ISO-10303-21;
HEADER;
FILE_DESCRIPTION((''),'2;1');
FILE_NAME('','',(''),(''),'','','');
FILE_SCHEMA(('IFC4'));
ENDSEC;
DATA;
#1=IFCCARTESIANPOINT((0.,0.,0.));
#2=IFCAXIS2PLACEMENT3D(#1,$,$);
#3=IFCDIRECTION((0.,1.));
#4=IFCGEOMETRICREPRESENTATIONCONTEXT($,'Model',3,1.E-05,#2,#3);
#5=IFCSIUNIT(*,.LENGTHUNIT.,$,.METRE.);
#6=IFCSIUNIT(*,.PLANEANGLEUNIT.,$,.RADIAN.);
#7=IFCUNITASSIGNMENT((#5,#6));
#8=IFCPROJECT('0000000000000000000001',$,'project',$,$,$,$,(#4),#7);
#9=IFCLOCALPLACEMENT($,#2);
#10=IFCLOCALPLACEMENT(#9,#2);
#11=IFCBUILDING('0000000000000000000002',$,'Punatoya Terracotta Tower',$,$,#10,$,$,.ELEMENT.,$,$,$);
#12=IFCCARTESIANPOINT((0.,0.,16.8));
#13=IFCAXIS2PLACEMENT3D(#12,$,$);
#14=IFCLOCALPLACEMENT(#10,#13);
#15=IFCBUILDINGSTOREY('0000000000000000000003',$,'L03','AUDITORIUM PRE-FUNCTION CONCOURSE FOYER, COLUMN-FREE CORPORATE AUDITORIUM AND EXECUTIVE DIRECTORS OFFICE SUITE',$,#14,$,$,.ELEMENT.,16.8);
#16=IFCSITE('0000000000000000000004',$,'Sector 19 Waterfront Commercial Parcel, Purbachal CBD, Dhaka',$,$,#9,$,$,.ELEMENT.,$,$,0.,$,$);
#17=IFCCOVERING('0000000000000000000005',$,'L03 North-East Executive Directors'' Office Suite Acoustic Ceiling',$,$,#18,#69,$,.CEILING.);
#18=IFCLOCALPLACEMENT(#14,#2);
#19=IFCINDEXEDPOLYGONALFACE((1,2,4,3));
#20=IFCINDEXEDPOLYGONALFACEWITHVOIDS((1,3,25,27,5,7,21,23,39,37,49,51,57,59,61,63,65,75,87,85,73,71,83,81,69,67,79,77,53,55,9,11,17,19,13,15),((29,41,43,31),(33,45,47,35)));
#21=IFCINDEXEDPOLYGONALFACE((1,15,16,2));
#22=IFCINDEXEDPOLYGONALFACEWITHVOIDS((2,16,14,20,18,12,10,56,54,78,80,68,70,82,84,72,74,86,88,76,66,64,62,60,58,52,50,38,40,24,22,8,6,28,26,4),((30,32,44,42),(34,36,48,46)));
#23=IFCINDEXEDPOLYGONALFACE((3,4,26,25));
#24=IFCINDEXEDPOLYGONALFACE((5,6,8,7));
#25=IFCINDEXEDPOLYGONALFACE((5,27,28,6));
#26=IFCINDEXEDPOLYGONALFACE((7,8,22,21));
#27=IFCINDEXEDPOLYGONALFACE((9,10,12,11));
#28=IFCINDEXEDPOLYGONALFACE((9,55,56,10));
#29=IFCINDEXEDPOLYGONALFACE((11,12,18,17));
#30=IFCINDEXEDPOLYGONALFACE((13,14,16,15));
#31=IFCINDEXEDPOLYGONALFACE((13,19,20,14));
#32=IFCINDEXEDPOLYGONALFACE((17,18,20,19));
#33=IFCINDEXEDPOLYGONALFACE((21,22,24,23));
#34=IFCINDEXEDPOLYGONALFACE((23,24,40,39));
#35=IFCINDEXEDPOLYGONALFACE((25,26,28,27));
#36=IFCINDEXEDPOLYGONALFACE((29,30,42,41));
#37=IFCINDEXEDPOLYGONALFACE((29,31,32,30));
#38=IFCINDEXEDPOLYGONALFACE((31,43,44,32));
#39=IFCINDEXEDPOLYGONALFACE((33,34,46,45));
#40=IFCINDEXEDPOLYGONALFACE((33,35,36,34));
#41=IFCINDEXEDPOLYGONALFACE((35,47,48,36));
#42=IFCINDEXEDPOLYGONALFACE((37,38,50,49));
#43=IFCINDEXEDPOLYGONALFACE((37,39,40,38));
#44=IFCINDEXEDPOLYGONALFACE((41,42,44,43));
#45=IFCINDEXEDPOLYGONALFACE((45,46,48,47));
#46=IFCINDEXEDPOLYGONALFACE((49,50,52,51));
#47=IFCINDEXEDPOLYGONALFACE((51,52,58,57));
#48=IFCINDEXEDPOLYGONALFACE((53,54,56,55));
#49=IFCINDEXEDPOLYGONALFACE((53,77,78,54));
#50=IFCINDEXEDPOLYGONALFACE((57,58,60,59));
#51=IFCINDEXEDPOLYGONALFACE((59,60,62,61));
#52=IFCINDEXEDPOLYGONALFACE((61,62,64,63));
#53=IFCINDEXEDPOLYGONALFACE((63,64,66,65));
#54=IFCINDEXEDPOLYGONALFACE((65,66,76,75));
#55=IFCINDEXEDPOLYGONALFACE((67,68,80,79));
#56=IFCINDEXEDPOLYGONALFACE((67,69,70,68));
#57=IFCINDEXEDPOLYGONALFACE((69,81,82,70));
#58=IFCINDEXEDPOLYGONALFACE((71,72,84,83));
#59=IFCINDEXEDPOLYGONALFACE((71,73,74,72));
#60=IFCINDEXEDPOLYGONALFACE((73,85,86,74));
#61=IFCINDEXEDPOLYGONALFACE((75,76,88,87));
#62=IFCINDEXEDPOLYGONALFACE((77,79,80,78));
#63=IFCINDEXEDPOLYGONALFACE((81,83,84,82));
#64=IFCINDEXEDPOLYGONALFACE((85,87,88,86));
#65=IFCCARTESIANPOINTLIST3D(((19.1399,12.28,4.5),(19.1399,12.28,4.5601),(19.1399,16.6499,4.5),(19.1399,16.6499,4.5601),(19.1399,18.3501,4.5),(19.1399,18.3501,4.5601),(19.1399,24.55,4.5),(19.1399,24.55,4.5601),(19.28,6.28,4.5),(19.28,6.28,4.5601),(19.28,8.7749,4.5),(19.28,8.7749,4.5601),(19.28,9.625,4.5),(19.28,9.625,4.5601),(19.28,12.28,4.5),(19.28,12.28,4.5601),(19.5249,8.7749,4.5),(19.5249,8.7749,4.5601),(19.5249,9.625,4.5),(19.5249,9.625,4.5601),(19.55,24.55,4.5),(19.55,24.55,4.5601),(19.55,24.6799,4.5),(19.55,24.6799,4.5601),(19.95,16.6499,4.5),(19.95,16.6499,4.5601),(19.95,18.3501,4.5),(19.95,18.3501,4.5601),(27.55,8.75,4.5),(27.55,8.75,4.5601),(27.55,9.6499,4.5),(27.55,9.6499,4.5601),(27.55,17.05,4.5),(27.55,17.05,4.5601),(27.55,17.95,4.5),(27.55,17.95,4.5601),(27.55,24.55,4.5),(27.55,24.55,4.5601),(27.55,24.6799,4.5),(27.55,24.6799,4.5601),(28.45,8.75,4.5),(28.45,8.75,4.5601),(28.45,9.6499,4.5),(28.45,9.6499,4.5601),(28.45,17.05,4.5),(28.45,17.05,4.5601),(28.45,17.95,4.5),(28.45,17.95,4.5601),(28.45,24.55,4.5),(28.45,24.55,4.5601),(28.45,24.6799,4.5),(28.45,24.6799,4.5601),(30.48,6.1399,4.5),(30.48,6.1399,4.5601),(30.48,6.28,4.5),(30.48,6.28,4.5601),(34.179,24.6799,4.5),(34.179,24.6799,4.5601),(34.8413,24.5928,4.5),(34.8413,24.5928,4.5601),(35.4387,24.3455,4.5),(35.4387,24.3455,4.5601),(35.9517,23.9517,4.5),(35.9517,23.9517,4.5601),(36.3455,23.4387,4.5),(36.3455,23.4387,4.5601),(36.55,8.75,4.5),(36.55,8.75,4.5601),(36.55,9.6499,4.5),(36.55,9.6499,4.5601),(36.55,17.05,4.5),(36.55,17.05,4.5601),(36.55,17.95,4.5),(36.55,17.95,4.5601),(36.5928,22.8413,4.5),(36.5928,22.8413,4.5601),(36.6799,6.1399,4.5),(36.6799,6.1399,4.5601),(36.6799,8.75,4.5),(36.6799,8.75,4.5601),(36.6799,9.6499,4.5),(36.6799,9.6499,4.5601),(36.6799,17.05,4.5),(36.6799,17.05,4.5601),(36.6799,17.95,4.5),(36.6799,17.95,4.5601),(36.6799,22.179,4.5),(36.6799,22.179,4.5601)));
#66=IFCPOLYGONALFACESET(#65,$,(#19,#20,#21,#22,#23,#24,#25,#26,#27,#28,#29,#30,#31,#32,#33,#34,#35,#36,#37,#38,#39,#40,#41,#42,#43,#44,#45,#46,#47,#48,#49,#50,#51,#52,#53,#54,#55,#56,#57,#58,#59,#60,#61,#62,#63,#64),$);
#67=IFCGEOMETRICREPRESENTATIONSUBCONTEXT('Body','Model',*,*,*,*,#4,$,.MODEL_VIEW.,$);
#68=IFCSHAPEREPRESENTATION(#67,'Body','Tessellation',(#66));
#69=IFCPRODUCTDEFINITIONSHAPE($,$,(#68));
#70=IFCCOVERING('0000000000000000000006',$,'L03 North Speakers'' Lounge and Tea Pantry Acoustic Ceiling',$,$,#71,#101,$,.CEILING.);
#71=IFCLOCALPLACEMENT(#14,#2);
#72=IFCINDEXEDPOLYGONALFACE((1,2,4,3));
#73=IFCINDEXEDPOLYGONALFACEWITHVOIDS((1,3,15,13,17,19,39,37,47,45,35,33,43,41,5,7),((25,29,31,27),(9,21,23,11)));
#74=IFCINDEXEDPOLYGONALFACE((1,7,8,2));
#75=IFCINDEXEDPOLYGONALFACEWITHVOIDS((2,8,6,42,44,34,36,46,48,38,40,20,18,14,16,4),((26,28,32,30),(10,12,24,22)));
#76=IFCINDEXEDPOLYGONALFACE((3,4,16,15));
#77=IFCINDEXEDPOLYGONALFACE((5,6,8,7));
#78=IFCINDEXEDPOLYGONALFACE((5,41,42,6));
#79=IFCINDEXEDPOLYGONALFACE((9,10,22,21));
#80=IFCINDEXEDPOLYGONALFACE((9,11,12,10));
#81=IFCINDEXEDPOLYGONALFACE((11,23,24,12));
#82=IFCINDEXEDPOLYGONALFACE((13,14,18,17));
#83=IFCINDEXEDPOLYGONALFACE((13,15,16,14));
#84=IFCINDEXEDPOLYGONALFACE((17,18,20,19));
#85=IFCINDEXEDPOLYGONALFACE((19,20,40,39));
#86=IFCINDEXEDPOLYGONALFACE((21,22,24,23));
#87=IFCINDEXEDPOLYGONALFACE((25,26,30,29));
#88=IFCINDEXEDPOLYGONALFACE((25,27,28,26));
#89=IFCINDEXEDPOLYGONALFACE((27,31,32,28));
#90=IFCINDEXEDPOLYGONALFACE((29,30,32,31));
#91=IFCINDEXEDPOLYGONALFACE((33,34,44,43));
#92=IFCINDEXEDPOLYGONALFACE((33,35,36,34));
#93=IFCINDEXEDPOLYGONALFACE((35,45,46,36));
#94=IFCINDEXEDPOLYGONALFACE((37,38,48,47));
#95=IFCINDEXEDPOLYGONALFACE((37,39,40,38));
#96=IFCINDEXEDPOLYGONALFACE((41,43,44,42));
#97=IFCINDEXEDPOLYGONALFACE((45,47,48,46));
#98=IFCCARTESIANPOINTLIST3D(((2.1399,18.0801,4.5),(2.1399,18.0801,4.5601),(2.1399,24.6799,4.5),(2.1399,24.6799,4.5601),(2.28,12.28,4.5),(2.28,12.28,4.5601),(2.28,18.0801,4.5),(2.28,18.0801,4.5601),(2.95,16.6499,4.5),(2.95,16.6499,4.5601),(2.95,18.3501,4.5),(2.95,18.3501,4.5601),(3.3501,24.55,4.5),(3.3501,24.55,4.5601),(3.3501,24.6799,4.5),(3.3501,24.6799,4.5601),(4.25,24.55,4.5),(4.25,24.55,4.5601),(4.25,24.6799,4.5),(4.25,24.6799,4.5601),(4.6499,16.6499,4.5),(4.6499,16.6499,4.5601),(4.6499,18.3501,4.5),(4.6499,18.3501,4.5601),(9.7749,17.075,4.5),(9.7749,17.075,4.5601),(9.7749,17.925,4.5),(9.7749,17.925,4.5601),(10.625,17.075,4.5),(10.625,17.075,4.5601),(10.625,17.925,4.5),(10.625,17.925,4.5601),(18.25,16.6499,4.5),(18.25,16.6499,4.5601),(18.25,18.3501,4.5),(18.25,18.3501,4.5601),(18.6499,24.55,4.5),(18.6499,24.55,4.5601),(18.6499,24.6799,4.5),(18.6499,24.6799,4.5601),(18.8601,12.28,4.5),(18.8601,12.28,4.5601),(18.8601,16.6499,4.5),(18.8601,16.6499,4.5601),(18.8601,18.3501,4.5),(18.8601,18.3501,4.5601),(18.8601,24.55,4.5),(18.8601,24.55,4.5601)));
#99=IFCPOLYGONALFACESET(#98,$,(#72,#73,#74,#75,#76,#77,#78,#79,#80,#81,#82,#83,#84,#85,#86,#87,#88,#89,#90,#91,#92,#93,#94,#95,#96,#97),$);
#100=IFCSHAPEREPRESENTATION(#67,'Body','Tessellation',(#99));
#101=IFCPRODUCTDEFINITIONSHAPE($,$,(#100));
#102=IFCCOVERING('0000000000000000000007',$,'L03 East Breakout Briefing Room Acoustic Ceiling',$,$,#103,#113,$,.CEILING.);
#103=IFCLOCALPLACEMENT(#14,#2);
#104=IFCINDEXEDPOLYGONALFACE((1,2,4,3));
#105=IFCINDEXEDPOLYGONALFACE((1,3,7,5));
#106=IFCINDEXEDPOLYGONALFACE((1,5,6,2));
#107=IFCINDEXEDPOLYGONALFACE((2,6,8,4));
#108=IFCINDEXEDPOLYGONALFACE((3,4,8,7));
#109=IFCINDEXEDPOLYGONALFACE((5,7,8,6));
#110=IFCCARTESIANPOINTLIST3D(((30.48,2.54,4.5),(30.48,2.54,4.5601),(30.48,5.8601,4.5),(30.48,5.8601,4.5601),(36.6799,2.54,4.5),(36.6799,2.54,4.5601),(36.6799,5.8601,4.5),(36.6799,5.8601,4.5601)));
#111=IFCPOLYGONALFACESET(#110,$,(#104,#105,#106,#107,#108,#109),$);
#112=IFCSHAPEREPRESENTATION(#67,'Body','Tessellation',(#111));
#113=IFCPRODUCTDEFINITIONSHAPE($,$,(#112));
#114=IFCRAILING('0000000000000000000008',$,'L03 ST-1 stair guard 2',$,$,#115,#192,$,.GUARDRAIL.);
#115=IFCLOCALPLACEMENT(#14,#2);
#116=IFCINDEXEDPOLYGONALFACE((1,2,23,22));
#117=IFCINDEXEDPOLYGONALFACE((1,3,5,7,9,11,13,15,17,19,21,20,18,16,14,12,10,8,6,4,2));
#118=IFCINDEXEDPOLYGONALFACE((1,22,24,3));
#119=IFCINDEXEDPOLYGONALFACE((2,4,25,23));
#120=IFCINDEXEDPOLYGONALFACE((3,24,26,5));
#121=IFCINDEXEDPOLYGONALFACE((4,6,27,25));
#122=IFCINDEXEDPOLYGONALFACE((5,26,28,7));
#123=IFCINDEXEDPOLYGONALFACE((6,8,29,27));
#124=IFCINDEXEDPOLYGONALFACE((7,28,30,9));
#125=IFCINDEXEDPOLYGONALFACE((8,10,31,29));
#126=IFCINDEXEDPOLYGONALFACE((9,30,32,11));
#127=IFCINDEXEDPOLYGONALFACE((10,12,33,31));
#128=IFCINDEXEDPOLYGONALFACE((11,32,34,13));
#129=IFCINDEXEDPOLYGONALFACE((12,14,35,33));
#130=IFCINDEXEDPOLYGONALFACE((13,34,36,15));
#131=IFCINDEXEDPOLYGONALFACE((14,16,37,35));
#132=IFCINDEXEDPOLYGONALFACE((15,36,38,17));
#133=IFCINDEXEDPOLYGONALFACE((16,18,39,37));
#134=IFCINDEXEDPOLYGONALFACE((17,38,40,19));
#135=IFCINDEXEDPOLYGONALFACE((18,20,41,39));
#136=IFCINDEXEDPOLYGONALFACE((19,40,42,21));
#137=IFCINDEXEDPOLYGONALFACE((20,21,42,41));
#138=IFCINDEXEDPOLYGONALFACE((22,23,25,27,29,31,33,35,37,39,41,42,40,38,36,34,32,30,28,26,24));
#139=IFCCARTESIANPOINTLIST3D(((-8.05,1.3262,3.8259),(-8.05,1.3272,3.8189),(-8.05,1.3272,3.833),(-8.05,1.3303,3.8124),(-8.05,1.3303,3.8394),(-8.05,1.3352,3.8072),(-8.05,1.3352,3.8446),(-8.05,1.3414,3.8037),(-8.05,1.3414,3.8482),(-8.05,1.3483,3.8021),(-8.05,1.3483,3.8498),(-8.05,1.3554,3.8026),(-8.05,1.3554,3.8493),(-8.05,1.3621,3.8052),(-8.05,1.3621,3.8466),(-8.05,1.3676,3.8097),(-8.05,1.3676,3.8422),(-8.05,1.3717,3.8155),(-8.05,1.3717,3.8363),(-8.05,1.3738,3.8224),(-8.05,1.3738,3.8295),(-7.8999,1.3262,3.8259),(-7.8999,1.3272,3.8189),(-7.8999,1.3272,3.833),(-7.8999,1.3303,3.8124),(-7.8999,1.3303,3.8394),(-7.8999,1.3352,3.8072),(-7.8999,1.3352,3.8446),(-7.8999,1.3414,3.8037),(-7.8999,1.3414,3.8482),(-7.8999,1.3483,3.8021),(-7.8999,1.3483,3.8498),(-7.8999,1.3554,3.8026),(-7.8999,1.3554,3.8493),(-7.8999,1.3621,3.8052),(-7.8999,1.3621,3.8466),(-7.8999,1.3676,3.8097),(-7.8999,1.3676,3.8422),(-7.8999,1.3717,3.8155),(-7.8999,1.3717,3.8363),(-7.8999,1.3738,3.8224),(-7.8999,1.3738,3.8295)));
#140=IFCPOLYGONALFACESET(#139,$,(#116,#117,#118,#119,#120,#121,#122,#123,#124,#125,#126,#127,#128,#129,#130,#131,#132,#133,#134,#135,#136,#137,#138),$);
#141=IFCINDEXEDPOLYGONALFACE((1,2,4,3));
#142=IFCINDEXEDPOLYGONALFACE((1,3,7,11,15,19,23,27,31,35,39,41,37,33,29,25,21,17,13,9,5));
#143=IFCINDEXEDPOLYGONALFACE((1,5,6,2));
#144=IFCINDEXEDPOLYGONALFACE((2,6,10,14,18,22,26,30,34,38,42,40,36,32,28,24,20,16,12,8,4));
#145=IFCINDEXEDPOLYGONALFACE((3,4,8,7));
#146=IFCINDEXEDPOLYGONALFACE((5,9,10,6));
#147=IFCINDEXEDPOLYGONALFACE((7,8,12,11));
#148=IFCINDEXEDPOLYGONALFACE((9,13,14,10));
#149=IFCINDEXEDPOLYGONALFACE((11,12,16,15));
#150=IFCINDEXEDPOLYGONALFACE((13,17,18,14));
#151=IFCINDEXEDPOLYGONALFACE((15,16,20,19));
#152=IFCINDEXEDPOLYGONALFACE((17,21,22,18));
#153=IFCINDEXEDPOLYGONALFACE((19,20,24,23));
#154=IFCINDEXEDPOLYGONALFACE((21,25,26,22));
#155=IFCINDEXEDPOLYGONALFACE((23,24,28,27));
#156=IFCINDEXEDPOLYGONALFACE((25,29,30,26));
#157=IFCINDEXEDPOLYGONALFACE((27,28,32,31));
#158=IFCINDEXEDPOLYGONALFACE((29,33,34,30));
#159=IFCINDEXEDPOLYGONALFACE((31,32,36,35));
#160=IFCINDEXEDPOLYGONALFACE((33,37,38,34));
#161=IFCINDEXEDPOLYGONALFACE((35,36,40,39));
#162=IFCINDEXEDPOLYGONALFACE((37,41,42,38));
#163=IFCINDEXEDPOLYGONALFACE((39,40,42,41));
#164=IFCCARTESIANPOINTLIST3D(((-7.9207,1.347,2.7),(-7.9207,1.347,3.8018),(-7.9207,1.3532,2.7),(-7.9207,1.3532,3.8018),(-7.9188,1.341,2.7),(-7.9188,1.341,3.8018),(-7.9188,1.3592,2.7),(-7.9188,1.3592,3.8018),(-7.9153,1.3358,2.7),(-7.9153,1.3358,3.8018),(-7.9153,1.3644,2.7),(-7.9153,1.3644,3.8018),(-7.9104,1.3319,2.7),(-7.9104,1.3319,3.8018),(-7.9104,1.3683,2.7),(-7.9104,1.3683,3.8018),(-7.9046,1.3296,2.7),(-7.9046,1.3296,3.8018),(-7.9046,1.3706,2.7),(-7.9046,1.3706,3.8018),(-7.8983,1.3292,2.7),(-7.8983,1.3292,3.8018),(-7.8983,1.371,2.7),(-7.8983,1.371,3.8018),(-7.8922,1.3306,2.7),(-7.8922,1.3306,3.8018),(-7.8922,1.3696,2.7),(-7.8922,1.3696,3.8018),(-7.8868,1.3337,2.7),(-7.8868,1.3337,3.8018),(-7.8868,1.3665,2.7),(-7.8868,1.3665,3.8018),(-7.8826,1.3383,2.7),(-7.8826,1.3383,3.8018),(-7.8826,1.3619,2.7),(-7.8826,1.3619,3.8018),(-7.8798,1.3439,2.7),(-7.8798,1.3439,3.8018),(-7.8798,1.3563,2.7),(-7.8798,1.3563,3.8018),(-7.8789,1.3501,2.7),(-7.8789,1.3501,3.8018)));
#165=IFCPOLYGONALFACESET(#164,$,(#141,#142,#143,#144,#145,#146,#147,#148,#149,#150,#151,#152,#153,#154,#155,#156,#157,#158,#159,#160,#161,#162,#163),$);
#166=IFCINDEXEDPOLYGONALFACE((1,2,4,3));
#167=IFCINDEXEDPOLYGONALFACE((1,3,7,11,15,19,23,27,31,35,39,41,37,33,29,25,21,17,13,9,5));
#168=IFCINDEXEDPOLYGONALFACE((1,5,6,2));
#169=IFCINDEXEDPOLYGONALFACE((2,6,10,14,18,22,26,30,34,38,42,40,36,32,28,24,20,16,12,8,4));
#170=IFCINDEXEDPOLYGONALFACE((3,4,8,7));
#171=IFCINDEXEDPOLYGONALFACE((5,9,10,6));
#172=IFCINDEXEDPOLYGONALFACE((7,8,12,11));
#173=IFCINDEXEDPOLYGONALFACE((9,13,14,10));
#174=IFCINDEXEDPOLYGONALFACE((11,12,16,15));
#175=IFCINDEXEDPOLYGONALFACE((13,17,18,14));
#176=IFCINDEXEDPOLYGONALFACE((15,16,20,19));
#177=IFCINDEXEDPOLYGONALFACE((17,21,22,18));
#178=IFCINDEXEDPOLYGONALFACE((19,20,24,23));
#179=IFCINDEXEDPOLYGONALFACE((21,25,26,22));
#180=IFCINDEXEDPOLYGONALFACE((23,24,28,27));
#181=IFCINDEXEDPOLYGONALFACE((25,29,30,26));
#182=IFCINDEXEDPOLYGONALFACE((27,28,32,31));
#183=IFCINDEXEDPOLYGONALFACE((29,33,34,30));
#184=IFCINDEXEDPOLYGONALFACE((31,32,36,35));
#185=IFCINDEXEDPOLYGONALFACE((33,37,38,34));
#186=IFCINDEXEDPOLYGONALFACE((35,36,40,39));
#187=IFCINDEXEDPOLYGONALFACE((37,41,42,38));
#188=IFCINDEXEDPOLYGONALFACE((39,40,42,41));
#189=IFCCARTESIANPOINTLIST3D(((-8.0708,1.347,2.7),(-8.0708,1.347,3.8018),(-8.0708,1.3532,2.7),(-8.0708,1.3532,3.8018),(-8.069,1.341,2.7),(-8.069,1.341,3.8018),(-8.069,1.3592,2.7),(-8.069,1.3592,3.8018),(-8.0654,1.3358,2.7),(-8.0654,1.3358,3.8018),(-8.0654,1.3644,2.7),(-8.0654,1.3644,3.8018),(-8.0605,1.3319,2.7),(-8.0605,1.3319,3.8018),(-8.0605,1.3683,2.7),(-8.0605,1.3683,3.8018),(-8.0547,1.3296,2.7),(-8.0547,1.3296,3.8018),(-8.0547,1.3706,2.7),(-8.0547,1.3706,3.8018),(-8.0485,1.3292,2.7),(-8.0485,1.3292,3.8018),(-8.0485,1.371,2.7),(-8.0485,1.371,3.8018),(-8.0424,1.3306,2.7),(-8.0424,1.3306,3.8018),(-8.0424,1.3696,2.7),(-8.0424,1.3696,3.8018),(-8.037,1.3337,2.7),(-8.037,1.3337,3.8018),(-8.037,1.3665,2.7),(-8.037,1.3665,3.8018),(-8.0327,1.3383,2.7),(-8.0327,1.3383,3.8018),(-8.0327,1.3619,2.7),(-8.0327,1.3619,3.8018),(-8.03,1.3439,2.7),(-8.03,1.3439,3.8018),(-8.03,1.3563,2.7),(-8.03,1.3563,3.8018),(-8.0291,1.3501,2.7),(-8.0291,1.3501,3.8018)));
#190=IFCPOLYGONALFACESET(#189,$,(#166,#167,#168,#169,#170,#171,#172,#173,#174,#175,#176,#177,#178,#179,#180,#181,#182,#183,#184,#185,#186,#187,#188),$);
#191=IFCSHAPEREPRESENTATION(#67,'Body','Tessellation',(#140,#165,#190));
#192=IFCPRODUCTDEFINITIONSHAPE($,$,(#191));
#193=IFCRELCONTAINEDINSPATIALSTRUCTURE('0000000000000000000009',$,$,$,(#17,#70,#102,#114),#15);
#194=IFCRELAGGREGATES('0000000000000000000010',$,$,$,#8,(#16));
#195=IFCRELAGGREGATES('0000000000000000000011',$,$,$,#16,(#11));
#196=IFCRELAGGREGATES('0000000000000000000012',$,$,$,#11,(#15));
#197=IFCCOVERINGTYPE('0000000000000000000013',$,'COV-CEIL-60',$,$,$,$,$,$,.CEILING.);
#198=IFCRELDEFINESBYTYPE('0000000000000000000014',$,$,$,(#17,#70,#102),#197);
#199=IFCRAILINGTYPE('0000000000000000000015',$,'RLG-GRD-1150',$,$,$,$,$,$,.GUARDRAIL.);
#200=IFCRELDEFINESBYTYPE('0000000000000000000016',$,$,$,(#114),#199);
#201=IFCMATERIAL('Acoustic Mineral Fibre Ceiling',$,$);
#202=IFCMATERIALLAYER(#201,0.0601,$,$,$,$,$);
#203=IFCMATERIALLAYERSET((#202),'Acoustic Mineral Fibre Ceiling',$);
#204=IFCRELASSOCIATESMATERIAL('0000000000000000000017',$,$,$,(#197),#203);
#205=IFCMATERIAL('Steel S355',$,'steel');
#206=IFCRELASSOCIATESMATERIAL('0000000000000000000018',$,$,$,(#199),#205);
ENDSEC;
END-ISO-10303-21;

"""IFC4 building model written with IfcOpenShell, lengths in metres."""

from ifc_helpers import new_model, si_unit, direction, frame, origin, origin_2d, place, context, subcontext, project, spatial, polyline, circle, outline, extrude, material, layer, layer_set, type_object, element, save


model = new_model("IFC4")

# Units and contexts
model_context = context("Model", 3, precision=1e-05, world=origin(), true_north=direction((0.0, 1.0)))
body_context = subcontext(model_context, "Body", "Model", "MODEL_VIEW")
ifc_project = project(units=[si_unit("LENGTHUNIT", "METRE"), si_unit("PLANEANGLEUNIT", "RADIAN")], contexts=[model_context])

# Site, building, storey
site_placement = place(None, origin())
site = spatial("IfcSite", under=ifc_project, at=site_placement, Name="Sector 19 Waterfront Commercial Parcel, Purbachal CBD, Dhaka", CompositionType="ELEMENT", RefElevation=0.0)
building_placement = place(site_placement, origin())
building = spatial("IfcBuilding", under=site, at=building_placement, Name="Punatoya Terracotta Tower", CompositionType="ELEMENT")
storey_placement = place(building_placement, frame((0.0, 0.0, 16.8)))
storey = spatial("IfcBuildingStorey", under=building, at=storey_placement, Name="L03", Description="AUDITORIUM PRE-FUNCTION CONCOURSE FOYER, COLUMN-FREE CORPORATE AUDITORIUM AND EXECUTIVE DIRECTORS OFFICE SUITE", CompositionType="ELEMENT", Elevation=16.8)

# Shared definitions
ifc_material_1 = material(Name="Steel S355", Category="steel")

# Coverings
ifc_material_2 = material(Name="Acoustic Mineral Fibre Ceiling")
ifc_layer_1 = layer(ifc_material_2, 0.0601)
ifc_layer_set_1 = layer_set([ifc_layer_1], Name="Acoustic Mineral Fibre Ceiling")
covering_type = type_object("IfcCoveringType", Name="COV-CEIL-60", PredefinedType="CEILING", material=ifc_layer_set_1)
covering_1_placement = place(storey_placement, frame((0.0, 0.0, 4.5)))
element("IfcCovering", 1, at=covering_1_placement, inside=storey, type_object=covering_type, Name="L03 North-East Executive Directors' Office Suite Acoustic Ceiling", PredefinedType="CEILING", context=body_context, shape_type="SweptSolid", body=[
    extrude(outline(polyline([(36.6799, 8.75), (36.55, 8.75), (36.55, 9.6499), (36.6799, 9.6499), (36.6799, 17.05), (36.55, 17.05), (36.55, 17.95), (36.6799, 17.95), (36.6799, 22.179), (36.5928, 22.8413), (36.3455, 23.4387), (35.9517, 23.9517), (35.4387, 24.3455), (34.8413, 24.5928), (34.179, 24.6799), (28.45, 24.6799), (28.45, 24.55), (27.55, 24.55), (27.55, 24.6799), (19.55, 24.6799), (19.55, 24.55), (19.1399, 24.55), (19.1399, 18.3501), (19.95, 18.3501), (19.95, 16.6499), (19.1399, 16.6499), (19.1399, 12.28), (19.28, 12.28), (19.28, 9.625), (19.5249, 9.625), (19.5249, 8.7749), (19.28, 8.7749), (19.28, 6.28), (30.48, 6.28), (30.48, 6.1399), (36.6799, 6.1399), (36.6799, 8.75)]), holes=[polyline([(27.55, 17.05), (27.55, 17.95), (28.45, 17.95), (28.45, 17.05), (27.55, 17.05)]), polyline([(28.45, 8.75), (27.55, 8.75), (27.55, 9.6499), (28.45, 9.6499), (28.45, 8.75)])]), origin(), (0.0, 0.0, 1.0), 0.0601),
])
covering_2_placement = place(storey_placement, frame((0.0, 0.0, 4.5)))
element("IfcCovering", 2, at=covering_2_placement, inside=storey, type_object=covering_type, Name="L03 North Speakers' Lounge and Tea Pantry Acoustic Ceiling", PredefinedType="CEILING", context=body_context, shape_type="SweptSolid", body=[
    extrude(outline(polyline([(18.6499, 24.6799), (4.25, 24.6799), (4.25, 24.55), (3.3501, 24.55), (3.3501, 24.6799), (2.1399, 24.6799), (2.1399, 18.0801), (2.28, 18.0801), (2.28, 12.28), (18.8601, 12.28), (18.8601, 16.6499), (18.25, 16.6499), (18.25, 18.3501), (18.8601, 18.3501), (18.8601, 24.55), (18.6499, 24.55), (18.6499, 24.6799)]), holes=[polyline([(10.625, 17.075), (9.7749, 17.075), (9.7749, 17.925), (10.625, 17.925), (10.625, 17.075)]), polyline([(2.95, 18.3501), (4.6499, 18.3501), (4.6499, 16.6499), (2.95, 16.6499), (2.95, 18.3501)])]), origin(), (0.0, 0.0, 1.0), 0.0601),
])
covering_3_placement = place(storey_placement, frame((0.0, 0.0, 4.5)))
element("IfcCovering", 3, at=covering_3_placement, inside=storey, type_object=covering_type, Name="L03 East Breakout Briefing Room Acoustic Ceiling", PredefinedType="CEILING", context=body_context, shape_type="SweptSolid", body=[
    extrude(outline(polyline([(30.48, 5.8601), (30.48, 2.54), (36.6799, 2.54), (36.6799, 5.8601), (30.48, 5.8601)])), origin(), (0.0, 0.0, 1.0), 0.0601),
])

# Railing
railing_type_1 = type_object("IfcRailingType", Name="RLG-GRD-1150", PredefinedType="GUARDRAIL", material=ifc_material_1)
railing_1_placement = place(storey_placement, frame((-7.8999, 1.3501, 2.7)))
element("IfcRailing", 4, at=railing_1_placement, inside=storey, type_object=railing_type_1, Name="L03 ST-1 stair guard 2", PredefinedType="GUARDRAIL", context=body_context, shape_type="SweptSolid", body=[
    extrude(circle(Radius=0.0239, at=origin_2d()), frame((0.0, 0.0, 1.126), z_axis=(-1.0, 0.0, 0.0), x_axis=(0.0, -1.0, 0.0)), (0.0, 0.0, 1.0), 0.1501),
    extrude(circle(Radius=0.021, at=origin_2d()), origin(), (0.0, 0.0, 1.0), 1.1018),
    extrude(circle(Radius=0.021, at=origin_2d()), frame((-0.1501, 0.0, 0.0)), (0.0, 0.0, 1.0), 1.1018),
])

save(model, "model.ifc")
